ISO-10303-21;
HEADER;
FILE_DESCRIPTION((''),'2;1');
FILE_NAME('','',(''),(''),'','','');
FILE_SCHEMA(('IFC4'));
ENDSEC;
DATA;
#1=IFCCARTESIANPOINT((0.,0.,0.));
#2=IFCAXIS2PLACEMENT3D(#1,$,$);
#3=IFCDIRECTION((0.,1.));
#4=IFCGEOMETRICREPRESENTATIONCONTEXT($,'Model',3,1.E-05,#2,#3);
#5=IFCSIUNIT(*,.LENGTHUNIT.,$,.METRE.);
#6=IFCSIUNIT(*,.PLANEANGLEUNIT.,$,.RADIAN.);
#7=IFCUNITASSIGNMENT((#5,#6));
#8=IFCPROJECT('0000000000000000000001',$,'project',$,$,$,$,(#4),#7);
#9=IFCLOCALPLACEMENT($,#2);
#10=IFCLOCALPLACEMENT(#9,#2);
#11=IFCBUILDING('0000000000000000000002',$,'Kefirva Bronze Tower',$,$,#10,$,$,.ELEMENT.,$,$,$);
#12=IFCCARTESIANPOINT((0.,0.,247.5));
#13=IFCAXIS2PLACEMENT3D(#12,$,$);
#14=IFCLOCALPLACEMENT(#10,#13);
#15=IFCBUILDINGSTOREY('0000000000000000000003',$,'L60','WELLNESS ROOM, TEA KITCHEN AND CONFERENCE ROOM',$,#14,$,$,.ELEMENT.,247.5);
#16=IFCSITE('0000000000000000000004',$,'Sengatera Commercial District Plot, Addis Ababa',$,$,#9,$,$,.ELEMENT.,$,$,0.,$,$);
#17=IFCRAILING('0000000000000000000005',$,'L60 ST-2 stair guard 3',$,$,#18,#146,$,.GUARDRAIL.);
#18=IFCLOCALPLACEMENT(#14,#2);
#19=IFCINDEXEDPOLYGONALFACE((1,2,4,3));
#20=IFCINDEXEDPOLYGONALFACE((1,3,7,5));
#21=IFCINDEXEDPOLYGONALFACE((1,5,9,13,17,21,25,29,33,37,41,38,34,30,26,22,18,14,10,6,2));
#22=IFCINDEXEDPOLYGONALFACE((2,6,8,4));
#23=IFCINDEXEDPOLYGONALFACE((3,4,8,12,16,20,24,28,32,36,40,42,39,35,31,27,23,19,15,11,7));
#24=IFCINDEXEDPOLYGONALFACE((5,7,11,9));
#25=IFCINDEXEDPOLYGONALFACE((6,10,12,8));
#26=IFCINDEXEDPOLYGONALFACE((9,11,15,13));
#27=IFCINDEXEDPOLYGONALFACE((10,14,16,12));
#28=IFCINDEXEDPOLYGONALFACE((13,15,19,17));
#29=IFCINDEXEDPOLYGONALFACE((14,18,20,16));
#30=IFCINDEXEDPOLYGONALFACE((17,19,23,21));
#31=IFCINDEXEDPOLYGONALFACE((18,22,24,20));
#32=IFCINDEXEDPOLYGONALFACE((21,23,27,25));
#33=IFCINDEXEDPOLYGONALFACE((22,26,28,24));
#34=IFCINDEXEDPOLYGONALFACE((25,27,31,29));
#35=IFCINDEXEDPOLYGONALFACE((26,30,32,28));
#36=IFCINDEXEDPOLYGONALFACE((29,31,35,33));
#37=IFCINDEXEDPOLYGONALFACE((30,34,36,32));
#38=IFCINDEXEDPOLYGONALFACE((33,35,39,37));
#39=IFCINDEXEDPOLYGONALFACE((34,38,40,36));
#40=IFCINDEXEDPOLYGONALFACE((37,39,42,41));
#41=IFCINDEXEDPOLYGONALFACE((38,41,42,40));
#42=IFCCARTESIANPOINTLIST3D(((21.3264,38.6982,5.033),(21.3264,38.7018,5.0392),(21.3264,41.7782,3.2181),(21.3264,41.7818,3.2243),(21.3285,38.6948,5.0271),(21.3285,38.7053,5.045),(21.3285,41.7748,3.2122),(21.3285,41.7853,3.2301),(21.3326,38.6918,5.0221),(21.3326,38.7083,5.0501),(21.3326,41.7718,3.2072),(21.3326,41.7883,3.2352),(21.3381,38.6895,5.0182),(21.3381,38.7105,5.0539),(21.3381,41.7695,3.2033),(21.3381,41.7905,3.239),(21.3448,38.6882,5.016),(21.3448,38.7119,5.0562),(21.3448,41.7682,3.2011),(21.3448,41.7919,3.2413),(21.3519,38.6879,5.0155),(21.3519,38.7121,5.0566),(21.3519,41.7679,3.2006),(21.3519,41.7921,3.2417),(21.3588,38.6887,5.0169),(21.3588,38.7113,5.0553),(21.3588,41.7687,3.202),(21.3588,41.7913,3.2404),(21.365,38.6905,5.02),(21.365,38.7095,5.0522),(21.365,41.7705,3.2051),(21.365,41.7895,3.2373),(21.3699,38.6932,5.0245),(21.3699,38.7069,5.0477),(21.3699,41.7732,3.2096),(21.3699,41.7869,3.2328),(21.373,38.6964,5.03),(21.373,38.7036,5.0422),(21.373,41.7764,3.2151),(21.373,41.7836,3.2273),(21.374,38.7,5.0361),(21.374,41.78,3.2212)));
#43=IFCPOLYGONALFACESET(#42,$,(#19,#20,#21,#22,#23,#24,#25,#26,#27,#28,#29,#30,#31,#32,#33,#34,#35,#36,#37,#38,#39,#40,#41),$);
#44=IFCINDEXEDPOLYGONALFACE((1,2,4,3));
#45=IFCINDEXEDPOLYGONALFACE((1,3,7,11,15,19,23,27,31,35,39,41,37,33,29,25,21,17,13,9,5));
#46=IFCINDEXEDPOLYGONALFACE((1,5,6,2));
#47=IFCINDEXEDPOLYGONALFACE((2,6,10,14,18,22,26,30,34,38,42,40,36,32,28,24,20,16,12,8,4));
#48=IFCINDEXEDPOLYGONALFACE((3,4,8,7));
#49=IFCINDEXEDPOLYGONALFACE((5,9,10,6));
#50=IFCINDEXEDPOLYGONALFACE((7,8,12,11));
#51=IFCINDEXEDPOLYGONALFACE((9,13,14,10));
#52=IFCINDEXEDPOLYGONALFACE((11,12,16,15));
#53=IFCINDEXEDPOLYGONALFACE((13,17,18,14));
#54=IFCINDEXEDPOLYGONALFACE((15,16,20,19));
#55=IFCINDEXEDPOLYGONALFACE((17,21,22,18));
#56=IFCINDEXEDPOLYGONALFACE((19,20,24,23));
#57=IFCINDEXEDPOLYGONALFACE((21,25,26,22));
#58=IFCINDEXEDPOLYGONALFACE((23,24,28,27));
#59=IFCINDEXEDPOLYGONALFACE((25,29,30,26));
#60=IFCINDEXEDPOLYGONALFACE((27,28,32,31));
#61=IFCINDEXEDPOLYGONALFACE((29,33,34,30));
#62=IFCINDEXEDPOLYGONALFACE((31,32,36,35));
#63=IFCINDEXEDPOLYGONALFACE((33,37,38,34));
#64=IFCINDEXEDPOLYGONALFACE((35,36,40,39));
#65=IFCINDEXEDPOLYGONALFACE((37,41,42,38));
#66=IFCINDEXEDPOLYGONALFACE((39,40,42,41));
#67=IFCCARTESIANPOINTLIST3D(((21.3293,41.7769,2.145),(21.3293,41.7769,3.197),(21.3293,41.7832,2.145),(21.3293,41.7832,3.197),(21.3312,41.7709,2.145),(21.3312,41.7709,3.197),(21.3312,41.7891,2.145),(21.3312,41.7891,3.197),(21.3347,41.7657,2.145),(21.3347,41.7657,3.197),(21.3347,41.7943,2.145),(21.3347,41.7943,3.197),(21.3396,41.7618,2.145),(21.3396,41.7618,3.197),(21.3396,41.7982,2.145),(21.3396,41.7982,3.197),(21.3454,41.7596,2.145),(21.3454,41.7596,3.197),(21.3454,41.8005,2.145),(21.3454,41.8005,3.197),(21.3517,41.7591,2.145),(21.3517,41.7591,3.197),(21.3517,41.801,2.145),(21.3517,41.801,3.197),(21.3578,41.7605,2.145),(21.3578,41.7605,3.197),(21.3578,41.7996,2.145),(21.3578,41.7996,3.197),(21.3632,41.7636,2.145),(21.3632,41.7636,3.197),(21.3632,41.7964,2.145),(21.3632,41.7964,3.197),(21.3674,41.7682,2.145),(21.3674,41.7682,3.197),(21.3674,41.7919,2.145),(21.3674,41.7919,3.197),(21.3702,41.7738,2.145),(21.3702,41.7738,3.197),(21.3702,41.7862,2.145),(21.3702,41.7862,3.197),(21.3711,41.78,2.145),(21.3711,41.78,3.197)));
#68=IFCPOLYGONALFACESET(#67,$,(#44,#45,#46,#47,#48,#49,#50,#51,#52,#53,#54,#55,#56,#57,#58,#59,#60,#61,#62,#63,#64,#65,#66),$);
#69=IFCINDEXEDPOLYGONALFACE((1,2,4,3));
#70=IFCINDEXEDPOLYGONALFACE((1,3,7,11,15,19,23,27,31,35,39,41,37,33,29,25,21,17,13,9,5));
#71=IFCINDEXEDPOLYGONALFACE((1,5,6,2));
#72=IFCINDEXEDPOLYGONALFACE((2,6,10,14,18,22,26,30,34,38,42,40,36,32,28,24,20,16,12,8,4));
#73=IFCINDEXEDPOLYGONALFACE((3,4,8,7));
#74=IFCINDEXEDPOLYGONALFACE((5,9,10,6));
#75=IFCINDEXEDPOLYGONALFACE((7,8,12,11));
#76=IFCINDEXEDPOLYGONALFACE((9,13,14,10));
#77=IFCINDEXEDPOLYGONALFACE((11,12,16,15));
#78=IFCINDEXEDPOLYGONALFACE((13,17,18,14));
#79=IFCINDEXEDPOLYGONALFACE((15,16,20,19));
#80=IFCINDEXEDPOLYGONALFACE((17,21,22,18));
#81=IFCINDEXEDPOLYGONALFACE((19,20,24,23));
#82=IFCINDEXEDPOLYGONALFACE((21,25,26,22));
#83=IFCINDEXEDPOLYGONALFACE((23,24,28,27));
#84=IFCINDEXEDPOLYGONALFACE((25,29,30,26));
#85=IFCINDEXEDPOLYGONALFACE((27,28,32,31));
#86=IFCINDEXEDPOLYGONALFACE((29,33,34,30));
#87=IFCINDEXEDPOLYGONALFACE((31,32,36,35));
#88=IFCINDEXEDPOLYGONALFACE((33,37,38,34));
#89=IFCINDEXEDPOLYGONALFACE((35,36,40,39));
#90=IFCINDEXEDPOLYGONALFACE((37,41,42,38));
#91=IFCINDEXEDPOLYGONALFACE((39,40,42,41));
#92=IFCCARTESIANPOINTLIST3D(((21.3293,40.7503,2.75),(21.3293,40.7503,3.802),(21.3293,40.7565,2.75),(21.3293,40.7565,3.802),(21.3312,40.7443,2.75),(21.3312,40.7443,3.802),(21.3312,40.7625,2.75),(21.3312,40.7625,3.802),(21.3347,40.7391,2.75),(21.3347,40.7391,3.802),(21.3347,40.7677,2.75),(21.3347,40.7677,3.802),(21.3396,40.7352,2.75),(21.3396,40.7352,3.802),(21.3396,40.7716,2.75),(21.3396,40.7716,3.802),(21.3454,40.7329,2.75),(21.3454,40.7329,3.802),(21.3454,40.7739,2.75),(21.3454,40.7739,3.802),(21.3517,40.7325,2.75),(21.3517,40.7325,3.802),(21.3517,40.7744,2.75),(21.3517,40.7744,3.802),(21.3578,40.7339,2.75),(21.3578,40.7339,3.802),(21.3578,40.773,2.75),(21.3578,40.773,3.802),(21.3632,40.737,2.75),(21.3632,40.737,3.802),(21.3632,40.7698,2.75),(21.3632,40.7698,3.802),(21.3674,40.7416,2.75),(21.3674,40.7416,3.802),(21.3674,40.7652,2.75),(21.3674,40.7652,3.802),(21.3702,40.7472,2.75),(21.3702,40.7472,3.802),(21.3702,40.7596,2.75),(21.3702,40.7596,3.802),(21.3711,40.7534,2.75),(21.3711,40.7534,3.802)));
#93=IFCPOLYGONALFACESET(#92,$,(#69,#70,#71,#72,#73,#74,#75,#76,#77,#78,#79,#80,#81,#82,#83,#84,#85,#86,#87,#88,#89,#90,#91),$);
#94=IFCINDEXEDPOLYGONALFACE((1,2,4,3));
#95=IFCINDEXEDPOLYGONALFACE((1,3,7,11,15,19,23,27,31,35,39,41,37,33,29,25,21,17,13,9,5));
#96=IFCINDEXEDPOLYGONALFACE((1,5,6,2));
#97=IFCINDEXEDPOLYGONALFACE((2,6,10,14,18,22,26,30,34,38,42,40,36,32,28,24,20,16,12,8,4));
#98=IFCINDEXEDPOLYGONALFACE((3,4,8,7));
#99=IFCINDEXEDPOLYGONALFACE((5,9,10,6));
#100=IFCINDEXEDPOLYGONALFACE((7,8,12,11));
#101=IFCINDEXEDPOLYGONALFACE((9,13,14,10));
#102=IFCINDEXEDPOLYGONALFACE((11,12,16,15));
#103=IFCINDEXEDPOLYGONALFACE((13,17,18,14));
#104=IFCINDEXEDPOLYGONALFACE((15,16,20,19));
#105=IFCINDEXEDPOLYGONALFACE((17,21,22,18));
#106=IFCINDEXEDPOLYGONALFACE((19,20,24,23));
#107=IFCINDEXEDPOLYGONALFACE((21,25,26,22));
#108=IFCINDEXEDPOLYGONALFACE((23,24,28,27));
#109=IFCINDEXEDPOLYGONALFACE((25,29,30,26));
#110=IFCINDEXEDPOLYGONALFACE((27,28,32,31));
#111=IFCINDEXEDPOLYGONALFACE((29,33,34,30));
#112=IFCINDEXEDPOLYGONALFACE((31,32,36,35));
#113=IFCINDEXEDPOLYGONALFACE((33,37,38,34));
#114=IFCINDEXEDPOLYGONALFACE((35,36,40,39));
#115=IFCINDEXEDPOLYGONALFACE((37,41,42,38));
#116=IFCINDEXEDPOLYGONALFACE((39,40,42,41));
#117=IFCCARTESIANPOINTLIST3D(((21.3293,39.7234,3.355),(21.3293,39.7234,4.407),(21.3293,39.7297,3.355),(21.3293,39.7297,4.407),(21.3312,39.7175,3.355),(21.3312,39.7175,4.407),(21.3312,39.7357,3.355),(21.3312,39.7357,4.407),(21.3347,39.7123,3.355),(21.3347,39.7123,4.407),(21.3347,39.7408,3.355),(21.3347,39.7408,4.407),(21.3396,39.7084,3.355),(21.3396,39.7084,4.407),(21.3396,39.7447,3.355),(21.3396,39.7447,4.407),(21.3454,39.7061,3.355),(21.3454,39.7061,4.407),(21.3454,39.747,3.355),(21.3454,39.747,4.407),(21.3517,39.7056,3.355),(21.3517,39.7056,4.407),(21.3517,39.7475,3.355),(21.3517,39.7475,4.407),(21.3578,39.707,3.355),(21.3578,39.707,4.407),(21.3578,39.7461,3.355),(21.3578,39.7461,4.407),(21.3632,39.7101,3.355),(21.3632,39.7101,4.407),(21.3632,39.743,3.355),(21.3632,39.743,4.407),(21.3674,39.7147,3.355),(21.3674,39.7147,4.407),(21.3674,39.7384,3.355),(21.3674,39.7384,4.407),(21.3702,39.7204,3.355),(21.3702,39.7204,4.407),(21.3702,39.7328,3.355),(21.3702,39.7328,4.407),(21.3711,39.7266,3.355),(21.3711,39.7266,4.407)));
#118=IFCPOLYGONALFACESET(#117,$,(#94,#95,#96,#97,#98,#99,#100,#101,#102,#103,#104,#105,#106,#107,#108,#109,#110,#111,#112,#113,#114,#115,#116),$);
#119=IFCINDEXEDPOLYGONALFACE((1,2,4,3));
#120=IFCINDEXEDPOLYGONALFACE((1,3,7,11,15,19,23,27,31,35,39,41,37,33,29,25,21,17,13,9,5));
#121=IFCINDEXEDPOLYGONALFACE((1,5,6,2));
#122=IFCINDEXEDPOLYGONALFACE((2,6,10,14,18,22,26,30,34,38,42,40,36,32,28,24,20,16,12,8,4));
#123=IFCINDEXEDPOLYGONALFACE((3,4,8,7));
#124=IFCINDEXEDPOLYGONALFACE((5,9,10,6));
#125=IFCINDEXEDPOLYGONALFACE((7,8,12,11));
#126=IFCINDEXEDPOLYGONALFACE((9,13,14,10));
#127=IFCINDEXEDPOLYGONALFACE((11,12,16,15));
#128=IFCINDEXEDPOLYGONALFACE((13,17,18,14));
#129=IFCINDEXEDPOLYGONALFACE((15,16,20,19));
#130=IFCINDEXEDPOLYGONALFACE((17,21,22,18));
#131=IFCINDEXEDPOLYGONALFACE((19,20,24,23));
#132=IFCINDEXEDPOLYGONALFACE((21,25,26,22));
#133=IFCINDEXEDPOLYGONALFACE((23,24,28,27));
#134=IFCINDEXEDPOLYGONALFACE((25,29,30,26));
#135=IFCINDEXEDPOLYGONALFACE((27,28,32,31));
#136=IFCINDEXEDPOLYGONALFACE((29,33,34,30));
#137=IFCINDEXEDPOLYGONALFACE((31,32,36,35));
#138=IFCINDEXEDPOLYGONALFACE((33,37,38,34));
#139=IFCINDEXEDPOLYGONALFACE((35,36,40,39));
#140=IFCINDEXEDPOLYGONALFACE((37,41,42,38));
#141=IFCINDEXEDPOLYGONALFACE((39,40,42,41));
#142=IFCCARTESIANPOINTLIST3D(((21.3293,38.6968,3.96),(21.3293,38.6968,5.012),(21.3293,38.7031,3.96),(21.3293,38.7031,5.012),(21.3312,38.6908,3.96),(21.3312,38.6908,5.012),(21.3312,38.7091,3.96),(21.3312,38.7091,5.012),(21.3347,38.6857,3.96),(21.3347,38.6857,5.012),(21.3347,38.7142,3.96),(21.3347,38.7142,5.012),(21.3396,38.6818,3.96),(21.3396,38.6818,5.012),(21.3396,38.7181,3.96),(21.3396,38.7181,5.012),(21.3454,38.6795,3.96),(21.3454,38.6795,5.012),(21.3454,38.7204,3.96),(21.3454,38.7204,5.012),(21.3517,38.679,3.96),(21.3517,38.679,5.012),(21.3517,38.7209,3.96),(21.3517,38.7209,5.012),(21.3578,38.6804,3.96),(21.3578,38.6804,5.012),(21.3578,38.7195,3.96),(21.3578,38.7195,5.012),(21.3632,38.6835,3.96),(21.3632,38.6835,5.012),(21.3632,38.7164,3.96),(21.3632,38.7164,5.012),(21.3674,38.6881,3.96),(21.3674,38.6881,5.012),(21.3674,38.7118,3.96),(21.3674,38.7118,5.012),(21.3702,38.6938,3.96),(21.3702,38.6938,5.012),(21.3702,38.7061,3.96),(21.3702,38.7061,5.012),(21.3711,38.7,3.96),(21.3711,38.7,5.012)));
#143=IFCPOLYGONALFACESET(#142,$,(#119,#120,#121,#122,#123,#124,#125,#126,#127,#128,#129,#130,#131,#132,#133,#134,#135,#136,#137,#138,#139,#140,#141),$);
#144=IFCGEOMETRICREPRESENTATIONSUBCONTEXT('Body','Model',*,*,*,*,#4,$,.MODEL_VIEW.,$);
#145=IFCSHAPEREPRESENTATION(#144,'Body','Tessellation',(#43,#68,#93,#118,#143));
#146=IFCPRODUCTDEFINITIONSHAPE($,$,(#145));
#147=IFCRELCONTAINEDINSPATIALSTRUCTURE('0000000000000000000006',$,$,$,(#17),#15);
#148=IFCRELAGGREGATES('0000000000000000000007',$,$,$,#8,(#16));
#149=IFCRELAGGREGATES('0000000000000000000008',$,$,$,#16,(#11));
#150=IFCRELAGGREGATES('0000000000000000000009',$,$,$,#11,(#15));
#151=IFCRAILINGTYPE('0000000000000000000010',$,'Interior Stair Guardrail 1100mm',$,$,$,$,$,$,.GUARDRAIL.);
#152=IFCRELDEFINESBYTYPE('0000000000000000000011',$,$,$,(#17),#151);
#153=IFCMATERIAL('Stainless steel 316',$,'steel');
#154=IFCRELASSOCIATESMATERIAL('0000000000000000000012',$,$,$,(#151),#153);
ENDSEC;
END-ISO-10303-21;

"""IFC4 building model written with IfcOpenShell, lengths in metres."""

from ifc_helpers import new_model, si_unit, direction, frame, origin, origin_2d, place, context, subcontext, project, spatial, circle, extrude, material, type_object, element, save


model = new_model("IFC4")

# Units and contexts
model_context = context("Model", 3, precision=1e-05, world=origin(), true_north=direction((0.0, 1.0)))
body_context = subcontext(model_context, "Body", "Model", "MODEL_VIEW")
ifc_project = project(units=[si_unit("LENGTHUNIT", "METRE"), si_unit("PLANEANGLEUNIT", "RADIAN")], contexts=[model_context])

# Site, building, storey
site_placement = place(None, origin())
site = spatial("IfcSite", under=ifc_project, at=site_placement, Name="Sengatera Commercial District Plot, Addis Ababa", CompositionType="ELEMENT", RefElevation=0.0)
building_placement = place(site_placement, origin())
building = spatial("IfcBuilding", under=site, at=building_placement, Name="Kefirva Bronze Tower", CompositionType="ELEMENT")
storey_placement = place(building_placement, frame((0.0, 0.0, 247.5)))
storey = spatial("IfcBuildingStorey", under=building, at=storey_placement, Name="L60", Description="WELLNESS ROOM, TEA KITCHEN AND CONFERENCE ROOM", CompositionType="ELEMENT", Elevation=247.5)

# Shared definitions
ifc_material_1 = material(Name="Stainless steel 316", Category="steel")

# Railing
railing_type_1 = type_object("IfcRailingType", Name="Interior Stair Guardrail 1100mm", PredefinedType="GUARDRAIL", material=ifc_material_1)
railing_1_placement = place(storey_placement, frame((21.3501, 41.78, 2.145)))
element("IfcRailing", 1, at=railing_1_placement, inside=storey, type_object=railing_type_1, Name="L60 ST-2 stair guard 3", PredefinedType="GUARDRAIL", context=body_context, shape_type="SweptSolid", body=[
    extrude(circle(Radius=0.0239, at=origin_2d()), frame((0.0, 0.0, 1.0762), z_axis=(0.0, -0.861551, 0.507671), x_axis=(1.0, 0.0, 0.0)), (0.0, 0.0, 1.0), 3.575),
    extrude(circle(Radius=0.021, at=origin_2d()), origin(), (0.0, 0.0, 1.0), 1.052),
    extrude(circle(Radius=0.021, at=origin_2d()), frame((0.0, -1.0266, 0.605)), (0.0, 0.0, 1.0), 1.052),
    extrude(circle(Radius=0.021, at=origin_2d()), frame((0.0, -2.0535, 1.21)), (0.0, 0.0, 1.0), 1.052),
    extrude(circle(Radius=0.021, at=origin_2d()), frame((0.0, -3.0801, 1.8149)), (0.0, 0.0, 1.0), 1.052),
])

save(model, "model.ifc")
